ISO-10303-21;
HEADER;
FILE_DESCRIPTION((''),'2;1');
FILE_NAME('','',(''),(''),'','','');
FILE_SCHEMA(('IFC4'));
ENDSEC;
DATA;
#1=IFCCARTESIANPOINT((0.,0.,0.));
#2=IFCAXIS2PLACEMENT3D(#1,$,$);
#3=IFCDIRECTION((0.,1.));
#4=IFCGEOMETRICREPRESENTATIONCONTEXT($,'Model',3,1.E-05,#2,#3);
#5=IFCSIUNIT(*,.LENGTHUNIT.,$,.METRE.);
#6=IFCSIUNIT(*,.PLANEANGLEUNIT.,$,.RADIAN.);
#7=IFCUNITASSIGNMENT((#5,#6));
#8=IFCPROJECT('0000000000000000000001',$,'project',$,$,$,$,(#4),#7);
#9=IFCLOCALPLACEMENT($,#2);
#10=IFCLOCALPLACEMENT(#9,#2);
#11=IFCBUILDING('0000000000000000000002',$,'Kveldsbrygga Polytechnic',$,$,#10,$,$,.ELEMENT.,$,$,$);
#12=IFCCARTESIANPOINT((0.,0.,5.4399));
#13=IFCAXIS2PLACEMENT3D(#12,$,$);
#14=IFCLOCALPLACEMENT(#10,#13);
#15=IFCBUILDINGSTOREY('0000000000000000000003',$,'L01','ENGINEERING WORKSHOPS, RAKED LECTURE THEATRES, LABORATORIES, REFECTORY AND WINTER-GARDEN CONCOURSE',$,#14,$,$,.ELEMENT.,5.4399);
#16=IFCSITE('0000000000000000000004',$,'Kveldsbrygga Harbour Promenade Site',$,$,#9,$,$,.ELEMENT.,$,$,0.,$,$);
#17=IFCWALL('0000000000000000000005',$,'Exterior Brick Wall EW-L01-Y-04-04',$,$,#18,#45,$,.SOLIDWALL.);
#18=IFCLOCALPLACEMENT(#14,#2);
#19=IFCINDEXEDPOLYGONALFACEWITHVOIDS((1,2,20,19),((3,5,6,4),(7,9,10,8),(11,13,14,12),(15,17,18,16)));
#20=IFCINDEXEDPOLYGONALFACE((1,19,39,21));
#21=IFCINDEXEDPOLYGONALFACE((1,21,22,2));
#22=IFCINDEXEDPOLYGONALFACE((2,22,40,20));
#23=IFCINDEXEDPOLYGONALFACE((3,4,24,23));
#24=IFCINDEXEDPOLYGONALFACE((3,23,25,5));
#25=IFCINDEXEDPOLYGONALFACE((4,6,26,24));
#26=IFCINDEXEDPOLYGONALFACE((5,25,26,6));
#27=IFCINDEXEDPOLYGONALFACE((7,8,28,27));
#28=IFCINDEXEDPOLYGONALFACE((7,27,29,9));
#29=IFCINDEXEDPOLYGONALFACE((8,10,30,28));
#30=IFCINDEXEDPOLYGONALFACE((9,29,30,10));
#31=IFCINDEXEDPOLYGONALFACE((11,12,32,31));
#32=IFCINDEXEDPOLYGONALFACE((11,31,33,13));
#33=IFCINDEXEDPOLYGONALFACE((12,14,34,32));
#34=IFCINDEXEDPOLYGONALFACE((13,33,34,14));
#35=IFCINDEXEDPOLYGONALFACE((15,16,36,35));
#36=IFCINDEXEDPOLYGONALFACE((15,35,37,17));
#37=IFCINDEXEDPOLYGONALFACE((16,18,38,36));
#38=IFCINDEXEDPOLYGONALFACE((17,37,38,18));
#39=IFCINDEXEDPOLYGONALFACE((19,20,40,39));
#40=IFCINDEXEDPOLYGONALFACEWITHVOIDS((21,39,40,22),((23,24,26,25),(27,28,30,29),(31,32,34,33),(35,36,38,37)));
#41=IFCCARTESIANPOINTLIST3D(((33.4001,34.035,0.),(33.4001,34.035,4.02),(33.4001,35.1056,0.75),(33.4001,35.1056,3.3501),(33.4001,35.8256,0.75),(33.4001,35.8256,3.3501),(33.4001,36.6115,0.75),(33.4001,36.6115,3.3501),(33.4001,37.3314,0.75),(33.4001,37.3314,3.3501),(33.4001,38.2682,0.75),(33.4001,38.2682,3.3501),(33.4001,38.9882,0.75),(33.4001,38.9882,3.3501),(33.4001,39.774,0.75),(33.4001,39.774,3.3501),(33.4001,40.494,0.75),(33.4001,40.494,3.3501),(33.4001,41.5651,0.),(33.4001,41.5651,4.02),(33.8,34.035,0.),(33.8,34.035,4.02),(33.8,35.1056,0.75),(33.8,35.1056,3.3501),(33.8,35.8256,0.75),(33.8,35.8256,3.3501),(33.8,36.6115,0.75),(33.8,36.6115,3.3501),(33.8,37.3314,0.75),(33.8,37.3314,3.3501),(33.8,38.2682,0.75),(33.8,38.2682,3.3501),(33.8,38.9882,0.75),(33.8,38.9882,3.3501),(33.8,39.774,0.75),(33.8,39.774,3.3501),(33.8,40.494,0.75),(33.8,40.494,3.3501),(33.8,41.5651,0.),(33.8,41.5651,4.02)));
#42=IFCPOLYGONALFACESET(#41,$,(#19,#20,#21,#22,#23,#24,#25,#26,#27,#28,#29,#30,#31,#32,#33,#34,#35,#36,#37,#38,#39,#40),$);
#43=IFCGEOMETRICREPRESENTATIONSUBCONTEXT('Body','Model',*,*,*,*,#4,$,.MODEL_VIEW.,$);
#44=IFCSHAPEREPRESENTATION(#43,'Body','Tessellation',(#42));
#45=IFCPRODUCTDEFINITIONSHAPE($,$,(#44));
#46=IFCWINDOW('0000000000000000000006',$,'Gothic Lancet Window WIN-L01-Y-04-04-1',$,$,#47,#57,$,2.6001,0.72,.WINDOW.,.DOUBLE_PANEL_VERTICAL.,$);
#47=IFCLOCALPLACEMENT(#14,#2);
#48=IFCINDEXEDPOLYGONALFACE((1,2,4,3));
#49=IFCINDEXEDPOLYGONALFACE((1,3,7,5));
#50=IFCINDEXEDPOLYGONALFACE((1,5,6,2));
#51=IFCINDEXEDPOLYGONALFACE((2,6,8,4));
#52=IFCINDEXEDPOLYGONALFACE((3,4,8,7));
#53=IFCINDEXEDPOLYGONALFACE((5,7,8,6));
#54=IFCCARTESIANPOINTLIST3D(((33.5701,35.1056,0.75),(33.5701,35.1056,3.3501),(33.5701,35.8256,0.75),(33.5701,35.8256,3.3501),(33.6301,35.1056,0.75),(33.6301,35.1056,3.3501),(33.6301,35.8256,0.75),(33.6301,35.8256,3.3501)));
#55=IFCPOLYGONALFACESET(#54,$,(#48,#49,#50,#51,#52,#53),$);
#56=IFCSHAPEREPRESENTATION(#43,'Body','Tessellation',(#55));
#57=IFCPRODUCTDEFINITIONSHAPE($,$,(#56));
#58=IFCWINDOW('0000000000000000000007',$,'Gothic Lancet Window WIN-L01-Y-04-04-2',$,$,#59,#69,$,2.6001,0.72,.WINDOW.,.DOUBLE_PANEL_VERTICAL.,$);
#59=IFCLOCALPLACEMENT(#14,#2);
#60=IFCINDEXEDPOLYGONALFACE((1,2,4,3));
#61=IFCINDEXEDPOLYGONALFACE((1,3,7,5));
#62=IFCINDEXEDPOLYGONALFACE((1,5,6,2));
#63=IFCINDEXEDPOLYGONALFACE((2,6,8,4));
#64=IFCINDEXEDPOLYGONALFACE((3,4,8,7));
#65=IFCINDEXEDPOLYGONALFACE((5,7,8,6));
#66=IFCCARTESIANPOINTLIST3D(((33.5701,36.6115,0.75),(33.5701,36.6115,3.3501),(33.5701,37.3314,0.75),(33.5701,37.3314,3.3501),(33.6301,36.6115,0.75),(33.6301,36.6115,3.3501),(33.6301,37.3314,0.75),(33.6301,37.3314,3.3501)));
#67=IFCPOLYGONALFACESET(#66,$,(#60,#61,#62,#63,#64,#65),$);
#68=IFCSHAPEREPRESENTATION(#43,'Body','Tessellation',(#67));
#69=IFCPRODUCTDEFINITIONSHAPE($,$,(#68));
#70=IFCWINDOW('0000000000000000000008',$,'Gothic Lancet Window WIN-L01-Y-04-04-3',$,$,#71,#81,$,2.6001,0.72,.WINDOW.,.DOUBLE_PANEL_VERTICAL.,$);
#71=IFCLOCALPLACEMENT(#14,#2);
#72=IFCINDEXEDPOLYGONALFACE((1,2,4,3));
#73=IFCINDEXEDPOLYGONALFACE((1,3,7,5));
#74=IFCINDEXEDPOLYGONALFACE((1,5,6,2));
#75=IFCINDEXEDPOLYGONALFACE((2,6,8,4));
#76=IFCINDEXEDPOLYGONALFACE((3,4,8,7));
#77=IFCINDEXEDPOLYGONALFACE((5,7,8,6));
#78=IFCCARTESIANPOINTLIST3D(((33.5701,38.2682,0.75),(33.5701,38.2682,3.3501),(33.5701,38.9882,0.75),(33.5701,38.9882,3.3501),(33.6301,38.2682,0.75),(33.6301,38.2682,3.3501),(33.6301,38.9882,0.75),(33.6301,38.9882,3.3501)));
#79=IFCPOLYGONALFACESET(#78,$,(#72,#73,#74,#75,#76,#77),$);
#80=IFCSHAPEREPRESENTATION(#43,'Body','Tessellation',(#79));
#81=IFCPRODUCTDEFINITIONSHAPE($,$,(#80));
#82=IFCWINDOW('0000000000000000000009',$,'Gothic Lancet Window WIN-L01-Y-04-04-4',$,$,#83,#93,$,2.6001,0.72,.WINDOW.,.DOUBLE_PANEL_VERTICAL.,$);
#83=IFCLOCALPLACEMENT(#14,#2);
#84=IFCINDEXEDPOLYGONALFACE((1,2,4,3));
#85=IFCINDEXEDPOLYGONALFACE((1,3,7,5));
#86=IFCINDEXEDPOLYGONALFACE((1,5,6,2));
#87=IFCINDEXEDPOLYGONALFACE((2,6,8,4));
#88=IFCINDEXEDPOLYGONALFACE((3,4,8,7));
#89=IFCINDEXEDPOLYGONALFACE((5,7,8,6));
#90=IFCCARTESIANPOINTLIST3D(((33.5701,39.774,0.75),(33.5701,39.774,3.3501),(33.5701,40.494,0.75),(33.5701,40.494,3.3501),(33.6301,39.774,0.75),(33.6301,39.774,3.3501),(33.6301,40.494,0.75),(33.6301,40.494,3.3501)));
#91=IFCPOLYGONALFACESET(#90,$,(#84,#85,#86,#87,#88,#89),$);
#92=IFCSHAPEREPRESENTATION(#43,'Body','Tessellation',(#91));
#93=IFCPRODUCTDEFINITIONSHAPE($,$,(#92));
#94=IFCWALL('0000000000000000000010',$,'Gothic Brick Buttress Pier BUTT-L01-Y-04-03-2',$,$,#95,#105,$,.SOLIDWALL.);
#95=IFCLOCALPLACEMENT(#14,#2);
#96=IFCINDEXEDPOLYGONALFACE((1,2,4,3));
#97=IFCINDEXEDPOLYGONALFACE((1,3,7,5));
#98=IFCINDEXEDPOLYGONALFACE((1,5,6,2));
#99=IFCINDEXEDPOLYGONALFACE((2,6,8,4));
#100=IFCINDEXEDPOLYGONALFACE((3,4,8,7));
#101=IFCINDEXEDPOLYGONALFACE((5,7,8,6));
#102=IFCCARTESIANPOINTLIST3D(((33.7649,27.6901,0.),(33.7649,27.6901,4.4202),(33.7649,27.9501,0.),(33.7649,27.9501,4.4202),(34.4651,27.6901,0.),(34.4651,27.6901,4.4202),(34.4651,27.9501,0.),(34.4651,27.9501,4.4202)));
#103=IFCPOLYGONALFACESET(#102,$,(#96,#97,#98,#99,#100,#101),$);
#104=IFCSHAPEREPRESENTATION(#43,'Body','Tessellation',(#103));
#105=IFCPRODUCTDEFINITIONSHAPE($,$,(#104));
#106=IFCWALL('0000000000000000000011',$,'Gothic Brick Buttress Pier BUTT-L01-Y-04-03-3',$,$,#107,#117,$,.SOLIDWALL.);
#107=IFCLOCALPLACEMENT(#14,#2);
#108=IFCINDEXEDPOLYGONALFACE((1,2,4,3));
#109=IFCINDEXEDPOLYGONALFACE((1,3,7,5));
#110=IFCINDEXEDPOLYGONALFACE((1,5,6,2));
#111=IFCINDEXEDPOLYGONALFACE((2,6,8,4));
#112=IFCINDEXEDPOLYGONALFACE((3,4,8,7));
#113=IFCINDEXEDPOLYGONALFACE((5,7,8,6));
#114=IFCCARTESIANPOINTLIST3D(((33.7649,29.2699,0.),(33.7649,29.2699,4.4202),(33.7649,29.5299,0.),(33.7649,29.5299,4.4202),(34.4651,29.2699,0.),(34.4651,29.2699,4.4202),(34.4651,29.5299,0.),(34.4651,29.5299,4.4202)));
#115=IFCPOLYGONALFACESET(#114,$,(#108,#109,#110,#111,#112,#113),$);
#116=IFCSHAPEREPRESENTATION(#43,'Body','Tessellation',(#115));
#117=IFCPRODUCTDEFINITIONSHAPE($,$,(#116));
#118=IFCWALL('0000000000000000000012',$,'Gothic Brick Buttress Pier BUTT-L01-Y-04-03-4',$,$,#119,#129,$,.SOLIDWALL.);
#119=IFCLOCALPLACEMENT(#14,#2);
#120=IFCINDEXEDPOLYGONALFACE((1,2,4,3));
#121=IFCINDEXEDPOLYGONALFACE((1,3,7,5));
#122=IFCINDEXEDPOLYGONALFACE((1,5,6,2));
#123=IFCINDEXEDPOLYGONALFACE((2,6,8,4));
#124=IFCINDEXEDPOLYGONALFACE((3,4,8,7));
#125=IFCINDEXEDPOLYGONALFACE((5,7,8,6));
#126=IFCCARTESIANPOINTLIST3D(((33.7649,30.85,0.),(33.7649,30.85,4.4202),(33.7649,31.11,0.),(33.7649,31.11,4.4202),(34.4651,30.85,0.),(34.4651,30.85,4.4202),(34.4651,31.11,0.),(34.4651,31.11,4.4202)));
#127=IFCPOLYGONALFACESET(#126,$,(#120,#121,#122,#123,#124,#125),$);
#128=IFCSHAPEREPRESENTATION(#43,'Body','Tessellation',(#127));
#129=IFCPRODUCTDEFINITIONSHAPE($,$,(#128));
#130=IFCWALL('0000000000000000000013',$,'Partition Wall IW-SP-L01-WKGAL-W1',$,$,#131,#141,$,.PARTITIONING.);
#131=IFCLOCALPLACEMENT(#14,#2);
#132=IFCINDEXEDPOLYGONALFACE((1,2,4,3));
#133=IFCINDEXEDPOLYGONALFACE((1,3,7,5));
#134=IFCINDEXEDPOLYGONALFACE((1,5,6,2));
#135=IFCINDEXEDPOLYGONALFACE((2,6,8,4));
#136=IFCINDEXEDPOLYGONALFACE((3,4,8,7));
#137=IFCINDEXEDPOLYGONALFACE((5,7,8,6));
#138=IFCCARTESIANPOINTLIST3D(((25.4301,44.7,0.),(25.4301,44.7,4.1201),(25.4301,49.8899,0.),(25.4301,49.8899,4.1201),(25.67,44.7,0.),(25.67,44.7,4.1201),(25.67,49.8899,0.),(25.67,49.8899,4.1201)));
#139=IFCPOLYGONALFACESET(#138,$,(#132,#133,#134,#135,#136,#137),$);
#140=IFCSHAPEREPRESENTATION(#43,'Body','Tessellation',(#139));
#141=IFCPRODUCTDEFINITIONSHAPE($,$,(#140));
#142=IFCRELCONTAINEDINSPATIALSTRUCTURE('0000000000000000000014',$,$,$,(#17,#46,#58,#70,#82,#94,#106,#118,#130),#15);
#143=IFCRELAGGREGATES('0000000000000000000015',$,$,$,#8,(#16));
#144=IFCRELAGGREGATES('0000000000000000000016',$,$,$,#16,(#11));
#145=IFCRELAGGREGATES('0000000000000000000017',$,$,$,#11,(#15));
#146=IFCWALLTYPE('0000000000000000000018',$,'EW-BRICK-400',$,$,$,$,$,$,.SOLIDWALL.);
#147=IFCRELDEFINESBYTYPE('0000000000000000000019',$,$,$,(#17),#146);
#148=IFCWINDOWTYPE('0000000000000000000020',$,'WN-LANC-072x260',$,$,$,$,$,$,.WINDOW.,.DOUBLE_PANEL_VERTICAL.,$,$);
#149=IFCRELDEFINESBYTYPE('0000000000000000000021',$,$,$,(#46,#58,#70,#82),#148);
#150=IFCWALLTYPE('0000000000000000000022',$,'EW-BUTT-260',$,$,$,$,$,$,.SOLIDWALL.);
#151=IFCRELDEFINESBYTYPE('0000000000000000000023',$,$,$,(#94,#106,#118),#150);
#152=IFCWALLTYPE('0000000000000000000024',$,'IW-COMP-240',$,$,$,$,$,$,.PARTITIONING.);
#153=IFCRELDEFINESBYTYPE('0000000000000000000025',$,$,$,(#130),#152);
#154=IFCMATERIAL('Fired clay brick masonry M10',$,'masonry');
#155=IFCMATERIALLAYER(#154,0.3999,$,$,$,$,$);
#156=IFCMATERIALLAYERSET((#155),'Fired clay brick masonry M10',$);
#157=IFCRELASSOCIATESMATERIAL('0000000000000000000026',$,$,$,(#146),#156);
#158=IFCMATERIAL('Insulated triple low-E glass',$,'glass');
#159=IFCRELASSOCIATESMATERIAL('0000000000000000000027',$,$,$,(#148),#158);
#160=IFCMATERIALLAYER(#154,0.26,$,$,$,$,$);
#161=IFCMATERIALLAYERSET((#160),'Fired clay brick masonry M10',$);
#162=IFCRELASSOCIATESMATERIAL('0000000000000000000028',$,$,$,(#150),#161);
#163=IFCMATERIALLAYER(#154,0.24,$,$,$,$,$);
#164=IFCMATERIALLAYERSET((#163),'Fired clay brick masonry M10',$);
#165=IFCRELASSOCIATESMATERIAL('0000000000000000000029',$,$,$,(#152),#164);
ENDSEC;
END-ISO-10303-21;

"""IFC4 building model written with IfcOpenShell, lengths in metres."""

from ifc_helpers import new_model, si_unit, direction, frame, frame_2d, origin, place, context, subcontext, project, spatial, rectangle, extrude, material, layer, layer_set, type_object, element, fill, save


model = new_model("IFC4")

# Units and contexts
model_context = context("Model", 3, precision=1e-05, world=origin(), true_north=direction((0.0, 1.0)))
body_context = subcontext(model_context, "Body", "Model", "MODEL_VIEW")
ifc_project = project(units=[si_unit("LENGTHUNIT", "METRE"), si_unit("PLANEANGLEUNIT", "RADIAN")], contexts=[model_context])

# Site, building, storey
site_placement = place(None, origin())
site = spatial("IfcSite", under=ifc_project, at=site_placement, Name="Kveldsbrygga Harbour Promenade Site", CompositionType="ELEMENT", RefElevation=0.0)
building_placement = place(site_placement, origin())
building = spatial("IfcBuilding", under=site, at=building_placement, Name="Kveldsbrygga Polytechnic", CompositionType="ELEMENT")
storey_placement = place(building_placement, frame((0.0, 0.0, 5.4399)))
storey = spatial("IfcBuildingStorey", under=building, at=storey_placement, Name="L01", Description="ENGINEERING WORKSHOPS, RAKED LECTURE THEATRES, LABORATORIES, REFECTORY AND WINTER-GARDEN CONCOURSE", CompositionType="ELEMENT", Elevation=5.4399)

# Wall, openings, windows
ifc_material_1 = material(Name="Fired clay brick masonry M10", Category="masonry")
ifc_material_2 = material(Name="Insulated triple low-E glass", Category="glass")
ifc_layer_1 = layer(ifc_material_1, 0.3999)
ifc_layer_set_1 = layer_set([ifc_layer_1], Name="Fired clay brick masonry M10")
wall_type_1 = type_object("IfcWallType", Name="EW-BRICK-400", PredefinedType="SOLIDWALL", material=ifc_layer_set_1)
wall_1_placement = place(storey_placement, frame((33.6001, 34.0349, 0.0), z_axis=(0.0, 0.0, 1.0), x_axis=(0.0, 1.0, 0.0)))
wall_1 = element("IfcWall", 1, at=wall_1_placement, inside=storey, type_object=wall_type_1, Name="Exterior Brick Wall EW-L01-Y-04-04", PredefinedType="SOLIDWALL", context=body_context, shape_type="SweptSolid", body=[
    extrude(rectangle(XDim=7.53, YDim=0.3999, at=frame_2d((3.7651, 0.0))), origin(), (0.0, 0.0, 1.0), 4.02),
])
opening_1_placement = place(wall_1_placement, frame((1.0708, 0.0, 0.75)))
opening_1 = element("IfcOpeningElement", 2, at=opening_1_placement, cuts=wall_1, PredefinedType="OPENING", context=body_context, shape_type="SweptSolid", body=[
    extrude(rectangle(XDim=0.72, YDim=2.6001, at=frame_2d((0.3599, 1.3))), frame((0.0, 0.21, 0.0), z_axis=(0.0, -1.0, 0.0), x_axis=(1.0, 0.0, 0.0)), (0.0, 0.0, 1.0), 0.4199),
])
opening_2_placement = place(wall_1_placement, frame((2.5767, 0.0, 0.75)))
opening_2 = element("IfcOpeningElement", 3, at=opening_2_placement, cuts=wall_1, PredefinedType="OPENING", context=body_context, shape_type="SweptSolid", body=[
    extrude(rectangle(XDim=0.72, YDim=2.6001, at=frame_2d((0.3599, 1.3))), frame((0.0, 0.21, 0.0), z_axis=(0.0, -1.0, 0.0), x_axis=(1.0, 0.0, 0.0)), (0.0, 0.0, 1.0), 0.4199),
])
opening_3_placement = place(wall_1_placement, frame((4.2334, 0.0, 0.75)))
opening_3 = element("IfcOpeningElement", 4, at=opening_3_placement, cuts=wall_1, PredefinedType="OPENING", context=body_context, shape_type="SweptSolid", body=[
    extrude(rectangle(XDim=0.72, YDim=2.6001, at=frame_2d((0.3599, 1.3))), frame((0.0, 0.21, 0.0), z_axis=(0.0, -1.0, 0.0), x_axis=(1.0, 0.0, 0.0)), (0.0, 0.0, 1.0), 0.4199),
])
opening_4_placement = place(wall_1_placement, frame((5.7393, 0.0, 0.75)))
opening_4 = element("IfcOpeningElement", 5, at=opening_4_placement, cuts=wall_1, PredefinedType="OPENING", context=body_context, shape_type="SweptSolid", body=[
    extrude(rectangle(XDim=0.72, YDim=2.6001, at=frame_2d((0.3599, 1.3))), frame((0.0, 0.21, 0.0), z_axis=(0.0, -1.0, 0.0), x_axis=(1.0, 0.0, 0.0)), (0.0, 0.0, 1.0), 0.4199),
])
window_type_1 = type_object("IfcWindowType", Name="WN-LANC-072x260", PartitioningType="DOUBLE_PANEL_VERTICAL", PredefinedType="WINDOW", material=ifc_material_2)
window_1_placement = place(opening_1_placement, origin())
window_1 = element("IfcWindow", 6, at=window_1_placement, inside=storey, type_object=window_type_1, Name="Gothic Lancet Window WIN-L01-Y-04-04-1", OverallHeight=2.6001, OverallWidth=0.72, PartitioningType="DOUBLE_PANEL_VERTICAL", PredefinedType="WINDOW", context=body_context, shape_type="SweptSolid", body=[
    extrude(rectangle(XDim=0.72, YDim=2.6001, at=frame_2d((0.3599, 1.3))), frame((0.0, 0.03, 0.0), z_axis=(0.0, -1.0, 0.0), x_axis=(1.0, 0.0, 0.0)), (0.0, 0.0, 1.0), 0.0601),
])
fill(opening_1, window_1)
window_2_placement = place(opening_2_placement, origin())
window_2 = element("IfcWindow", 7, at=window_2_placement, inside=storey, type_object=window_type_1, Name="Gothic Lancet Window WIN-L01-Y-04-04-2", OverallHeight=2.6001, OverallWidth=0.72, PartitioningType="DOUBLE_PANEL_VERTICAL", PredefinedType="WINDOW", context=body_context, shape_type="SweptSolid", body=[
    extrude(rectangle(XDim=0.72, YDim=2.6001, at=frame_2d((0.3599, 1.3))), frame((0.0, 0.03, 0.0), z_axis=(0.0, -1.0, 0.0), x_axis=(1.0, 0.0, 0.0)), (0.0, 0.0, 1.0), 0.0601),
])
fill(opening_2, window_2)
window_3_placement = place(opening_3_placement, origin())
window_3 = element("IfcWindow", 8, at=window_3_placement, inside=storey, type_object=window_type_1, Name="Gothic Lancet Window WIN-L01-Y-04-04-3", OverallHeight=2.6001, OverallWidth=0.72, PartitioningType="DOUBLE_PANEL_VERTICAL", PredefinedType="WINDOW", context=body_context, shape_type="SweptSolid", body=[
    extrude(rectangle(XDim=0.72, YDim=2.6001, at=frame_2d((0.3599, 1.3))), frame((0.0, 0.03, 0.0), z_axis=(0.0, -1.0, 0.0), x_axis=(1.0, 0.0, 0.0)), (0.0, 0.0, 1.0), 0.0601),
])
fill(opening_3, window_3)
window_4_placement = place(opening_4_placement, origin())
window_4 = element("IfcWindow", 9, at=window_4_placement, inside=storey, type_object=window_type_1, Name="Gothic Lancet Window WIN-L01-Y-04-04-4", OverallHeight=2.6001, OverallWidth=0.72, PartitioningType="DOUBLE_PANEL_VERTICAL", PredefinedType="WINDOW", context=body_context, shape_type="SweptSolid", body=[
    extrude(rectangle(XDim=0.72, YDim=2.6001, at=frame_2d((0.3599, 1.3))), frame((0.0, 0.03, 0.0), z_axis=(0.0, -1.0, 0.0), x_axis=(1.0, 0.0, 0.0)), (0.0, 0.0, 1.0), 0.0601),
])
fill(opening_4, window_4)

# Walls
ifc_layer_2 = layer(ifc_material_1, 0.26)
ifc_layer_set_2 = layer_set([ifc_layer_2], Name="Fired clay brick masonry M10")
wall_type_2 = type_object("IfcWallType", Name="EW-BUTT-260", PredefinedType="SOLIDWALL", material=ifc_layer_set_2)
for number, where, z_axis, x_axis, name in (
    (10, (33.7649, 27.8201, 0.0), (0.0, 0.0, 1.0), (1.0, 0.0, 0.0), "Gothic Brick Buttress Pier BUTT-L01-Y-04-03-2"),
    (11, (33.7649, 29.3999, 0.0), (0.0, 0.0, 1.0), (1.0, 0.0, 0.0), "Gothic Brick Buttress Pier BUTT-L01-Y-04-03-3"),
    (12, (33.7649, 30.98, 0.0), (0.0, 0.0, 1.0), (1.0, 0.0, 0.0), "Gothic Brick Buttress Pier BUTT-L01-Y-04-03-4"),
):
    element("IfcWall", number, at=place(storey_placement, frame(where, z_axis=z_axis, x_axis=x_axis)), inside=storey, type_object=wall_type_2, Name=name, PredefinedType="SOLIDWALL", context=body_context, shape_type="SweptSolid", body=[
        extrude(rectangle(XDim=0.7002, YDim=0.26, at=frame_2d((0.3501, 0.0))), origin(), (0.0, 0.0, 1.0), 4.4202),
    ])

# Shared definitions
ifc_layer_3 = layer(ifc_material_1, 0.24)
ifc_layer_set_3 = layer_set([ifc_layer_3], Name="Fired clay brick masonry M10")
wall_type_3 = type_object("IfcWallType", Name="IW-COMP-240", PredefinedType="PARTITIONING", material=ifc_layer_set_3)

# Wall
wall_2_placement = place(storey_placement, frame((25.55, 44.7, 0.0), z_axis=(0.0, 0.0, 1.0), x_axis=(0.0, 1.0, 0.0)))
element("IfcWall", 13, at=wall_2_placement, inside=storey, type_object=wall_type_3, Name="Partition Wall IW-SP-L01-WKGAL-W1", PredefinedType="PARTITIONING", context=body_context, shape_type="SweptSolid", body=[
    extrude(rectangle(XDim=5.1899, YDim=0.24, at=frame_2d((2.595, 0.0))), origin(), (0.0, 0.0, 1.0), 4.1201),
])

save(model, "model.ifc")
